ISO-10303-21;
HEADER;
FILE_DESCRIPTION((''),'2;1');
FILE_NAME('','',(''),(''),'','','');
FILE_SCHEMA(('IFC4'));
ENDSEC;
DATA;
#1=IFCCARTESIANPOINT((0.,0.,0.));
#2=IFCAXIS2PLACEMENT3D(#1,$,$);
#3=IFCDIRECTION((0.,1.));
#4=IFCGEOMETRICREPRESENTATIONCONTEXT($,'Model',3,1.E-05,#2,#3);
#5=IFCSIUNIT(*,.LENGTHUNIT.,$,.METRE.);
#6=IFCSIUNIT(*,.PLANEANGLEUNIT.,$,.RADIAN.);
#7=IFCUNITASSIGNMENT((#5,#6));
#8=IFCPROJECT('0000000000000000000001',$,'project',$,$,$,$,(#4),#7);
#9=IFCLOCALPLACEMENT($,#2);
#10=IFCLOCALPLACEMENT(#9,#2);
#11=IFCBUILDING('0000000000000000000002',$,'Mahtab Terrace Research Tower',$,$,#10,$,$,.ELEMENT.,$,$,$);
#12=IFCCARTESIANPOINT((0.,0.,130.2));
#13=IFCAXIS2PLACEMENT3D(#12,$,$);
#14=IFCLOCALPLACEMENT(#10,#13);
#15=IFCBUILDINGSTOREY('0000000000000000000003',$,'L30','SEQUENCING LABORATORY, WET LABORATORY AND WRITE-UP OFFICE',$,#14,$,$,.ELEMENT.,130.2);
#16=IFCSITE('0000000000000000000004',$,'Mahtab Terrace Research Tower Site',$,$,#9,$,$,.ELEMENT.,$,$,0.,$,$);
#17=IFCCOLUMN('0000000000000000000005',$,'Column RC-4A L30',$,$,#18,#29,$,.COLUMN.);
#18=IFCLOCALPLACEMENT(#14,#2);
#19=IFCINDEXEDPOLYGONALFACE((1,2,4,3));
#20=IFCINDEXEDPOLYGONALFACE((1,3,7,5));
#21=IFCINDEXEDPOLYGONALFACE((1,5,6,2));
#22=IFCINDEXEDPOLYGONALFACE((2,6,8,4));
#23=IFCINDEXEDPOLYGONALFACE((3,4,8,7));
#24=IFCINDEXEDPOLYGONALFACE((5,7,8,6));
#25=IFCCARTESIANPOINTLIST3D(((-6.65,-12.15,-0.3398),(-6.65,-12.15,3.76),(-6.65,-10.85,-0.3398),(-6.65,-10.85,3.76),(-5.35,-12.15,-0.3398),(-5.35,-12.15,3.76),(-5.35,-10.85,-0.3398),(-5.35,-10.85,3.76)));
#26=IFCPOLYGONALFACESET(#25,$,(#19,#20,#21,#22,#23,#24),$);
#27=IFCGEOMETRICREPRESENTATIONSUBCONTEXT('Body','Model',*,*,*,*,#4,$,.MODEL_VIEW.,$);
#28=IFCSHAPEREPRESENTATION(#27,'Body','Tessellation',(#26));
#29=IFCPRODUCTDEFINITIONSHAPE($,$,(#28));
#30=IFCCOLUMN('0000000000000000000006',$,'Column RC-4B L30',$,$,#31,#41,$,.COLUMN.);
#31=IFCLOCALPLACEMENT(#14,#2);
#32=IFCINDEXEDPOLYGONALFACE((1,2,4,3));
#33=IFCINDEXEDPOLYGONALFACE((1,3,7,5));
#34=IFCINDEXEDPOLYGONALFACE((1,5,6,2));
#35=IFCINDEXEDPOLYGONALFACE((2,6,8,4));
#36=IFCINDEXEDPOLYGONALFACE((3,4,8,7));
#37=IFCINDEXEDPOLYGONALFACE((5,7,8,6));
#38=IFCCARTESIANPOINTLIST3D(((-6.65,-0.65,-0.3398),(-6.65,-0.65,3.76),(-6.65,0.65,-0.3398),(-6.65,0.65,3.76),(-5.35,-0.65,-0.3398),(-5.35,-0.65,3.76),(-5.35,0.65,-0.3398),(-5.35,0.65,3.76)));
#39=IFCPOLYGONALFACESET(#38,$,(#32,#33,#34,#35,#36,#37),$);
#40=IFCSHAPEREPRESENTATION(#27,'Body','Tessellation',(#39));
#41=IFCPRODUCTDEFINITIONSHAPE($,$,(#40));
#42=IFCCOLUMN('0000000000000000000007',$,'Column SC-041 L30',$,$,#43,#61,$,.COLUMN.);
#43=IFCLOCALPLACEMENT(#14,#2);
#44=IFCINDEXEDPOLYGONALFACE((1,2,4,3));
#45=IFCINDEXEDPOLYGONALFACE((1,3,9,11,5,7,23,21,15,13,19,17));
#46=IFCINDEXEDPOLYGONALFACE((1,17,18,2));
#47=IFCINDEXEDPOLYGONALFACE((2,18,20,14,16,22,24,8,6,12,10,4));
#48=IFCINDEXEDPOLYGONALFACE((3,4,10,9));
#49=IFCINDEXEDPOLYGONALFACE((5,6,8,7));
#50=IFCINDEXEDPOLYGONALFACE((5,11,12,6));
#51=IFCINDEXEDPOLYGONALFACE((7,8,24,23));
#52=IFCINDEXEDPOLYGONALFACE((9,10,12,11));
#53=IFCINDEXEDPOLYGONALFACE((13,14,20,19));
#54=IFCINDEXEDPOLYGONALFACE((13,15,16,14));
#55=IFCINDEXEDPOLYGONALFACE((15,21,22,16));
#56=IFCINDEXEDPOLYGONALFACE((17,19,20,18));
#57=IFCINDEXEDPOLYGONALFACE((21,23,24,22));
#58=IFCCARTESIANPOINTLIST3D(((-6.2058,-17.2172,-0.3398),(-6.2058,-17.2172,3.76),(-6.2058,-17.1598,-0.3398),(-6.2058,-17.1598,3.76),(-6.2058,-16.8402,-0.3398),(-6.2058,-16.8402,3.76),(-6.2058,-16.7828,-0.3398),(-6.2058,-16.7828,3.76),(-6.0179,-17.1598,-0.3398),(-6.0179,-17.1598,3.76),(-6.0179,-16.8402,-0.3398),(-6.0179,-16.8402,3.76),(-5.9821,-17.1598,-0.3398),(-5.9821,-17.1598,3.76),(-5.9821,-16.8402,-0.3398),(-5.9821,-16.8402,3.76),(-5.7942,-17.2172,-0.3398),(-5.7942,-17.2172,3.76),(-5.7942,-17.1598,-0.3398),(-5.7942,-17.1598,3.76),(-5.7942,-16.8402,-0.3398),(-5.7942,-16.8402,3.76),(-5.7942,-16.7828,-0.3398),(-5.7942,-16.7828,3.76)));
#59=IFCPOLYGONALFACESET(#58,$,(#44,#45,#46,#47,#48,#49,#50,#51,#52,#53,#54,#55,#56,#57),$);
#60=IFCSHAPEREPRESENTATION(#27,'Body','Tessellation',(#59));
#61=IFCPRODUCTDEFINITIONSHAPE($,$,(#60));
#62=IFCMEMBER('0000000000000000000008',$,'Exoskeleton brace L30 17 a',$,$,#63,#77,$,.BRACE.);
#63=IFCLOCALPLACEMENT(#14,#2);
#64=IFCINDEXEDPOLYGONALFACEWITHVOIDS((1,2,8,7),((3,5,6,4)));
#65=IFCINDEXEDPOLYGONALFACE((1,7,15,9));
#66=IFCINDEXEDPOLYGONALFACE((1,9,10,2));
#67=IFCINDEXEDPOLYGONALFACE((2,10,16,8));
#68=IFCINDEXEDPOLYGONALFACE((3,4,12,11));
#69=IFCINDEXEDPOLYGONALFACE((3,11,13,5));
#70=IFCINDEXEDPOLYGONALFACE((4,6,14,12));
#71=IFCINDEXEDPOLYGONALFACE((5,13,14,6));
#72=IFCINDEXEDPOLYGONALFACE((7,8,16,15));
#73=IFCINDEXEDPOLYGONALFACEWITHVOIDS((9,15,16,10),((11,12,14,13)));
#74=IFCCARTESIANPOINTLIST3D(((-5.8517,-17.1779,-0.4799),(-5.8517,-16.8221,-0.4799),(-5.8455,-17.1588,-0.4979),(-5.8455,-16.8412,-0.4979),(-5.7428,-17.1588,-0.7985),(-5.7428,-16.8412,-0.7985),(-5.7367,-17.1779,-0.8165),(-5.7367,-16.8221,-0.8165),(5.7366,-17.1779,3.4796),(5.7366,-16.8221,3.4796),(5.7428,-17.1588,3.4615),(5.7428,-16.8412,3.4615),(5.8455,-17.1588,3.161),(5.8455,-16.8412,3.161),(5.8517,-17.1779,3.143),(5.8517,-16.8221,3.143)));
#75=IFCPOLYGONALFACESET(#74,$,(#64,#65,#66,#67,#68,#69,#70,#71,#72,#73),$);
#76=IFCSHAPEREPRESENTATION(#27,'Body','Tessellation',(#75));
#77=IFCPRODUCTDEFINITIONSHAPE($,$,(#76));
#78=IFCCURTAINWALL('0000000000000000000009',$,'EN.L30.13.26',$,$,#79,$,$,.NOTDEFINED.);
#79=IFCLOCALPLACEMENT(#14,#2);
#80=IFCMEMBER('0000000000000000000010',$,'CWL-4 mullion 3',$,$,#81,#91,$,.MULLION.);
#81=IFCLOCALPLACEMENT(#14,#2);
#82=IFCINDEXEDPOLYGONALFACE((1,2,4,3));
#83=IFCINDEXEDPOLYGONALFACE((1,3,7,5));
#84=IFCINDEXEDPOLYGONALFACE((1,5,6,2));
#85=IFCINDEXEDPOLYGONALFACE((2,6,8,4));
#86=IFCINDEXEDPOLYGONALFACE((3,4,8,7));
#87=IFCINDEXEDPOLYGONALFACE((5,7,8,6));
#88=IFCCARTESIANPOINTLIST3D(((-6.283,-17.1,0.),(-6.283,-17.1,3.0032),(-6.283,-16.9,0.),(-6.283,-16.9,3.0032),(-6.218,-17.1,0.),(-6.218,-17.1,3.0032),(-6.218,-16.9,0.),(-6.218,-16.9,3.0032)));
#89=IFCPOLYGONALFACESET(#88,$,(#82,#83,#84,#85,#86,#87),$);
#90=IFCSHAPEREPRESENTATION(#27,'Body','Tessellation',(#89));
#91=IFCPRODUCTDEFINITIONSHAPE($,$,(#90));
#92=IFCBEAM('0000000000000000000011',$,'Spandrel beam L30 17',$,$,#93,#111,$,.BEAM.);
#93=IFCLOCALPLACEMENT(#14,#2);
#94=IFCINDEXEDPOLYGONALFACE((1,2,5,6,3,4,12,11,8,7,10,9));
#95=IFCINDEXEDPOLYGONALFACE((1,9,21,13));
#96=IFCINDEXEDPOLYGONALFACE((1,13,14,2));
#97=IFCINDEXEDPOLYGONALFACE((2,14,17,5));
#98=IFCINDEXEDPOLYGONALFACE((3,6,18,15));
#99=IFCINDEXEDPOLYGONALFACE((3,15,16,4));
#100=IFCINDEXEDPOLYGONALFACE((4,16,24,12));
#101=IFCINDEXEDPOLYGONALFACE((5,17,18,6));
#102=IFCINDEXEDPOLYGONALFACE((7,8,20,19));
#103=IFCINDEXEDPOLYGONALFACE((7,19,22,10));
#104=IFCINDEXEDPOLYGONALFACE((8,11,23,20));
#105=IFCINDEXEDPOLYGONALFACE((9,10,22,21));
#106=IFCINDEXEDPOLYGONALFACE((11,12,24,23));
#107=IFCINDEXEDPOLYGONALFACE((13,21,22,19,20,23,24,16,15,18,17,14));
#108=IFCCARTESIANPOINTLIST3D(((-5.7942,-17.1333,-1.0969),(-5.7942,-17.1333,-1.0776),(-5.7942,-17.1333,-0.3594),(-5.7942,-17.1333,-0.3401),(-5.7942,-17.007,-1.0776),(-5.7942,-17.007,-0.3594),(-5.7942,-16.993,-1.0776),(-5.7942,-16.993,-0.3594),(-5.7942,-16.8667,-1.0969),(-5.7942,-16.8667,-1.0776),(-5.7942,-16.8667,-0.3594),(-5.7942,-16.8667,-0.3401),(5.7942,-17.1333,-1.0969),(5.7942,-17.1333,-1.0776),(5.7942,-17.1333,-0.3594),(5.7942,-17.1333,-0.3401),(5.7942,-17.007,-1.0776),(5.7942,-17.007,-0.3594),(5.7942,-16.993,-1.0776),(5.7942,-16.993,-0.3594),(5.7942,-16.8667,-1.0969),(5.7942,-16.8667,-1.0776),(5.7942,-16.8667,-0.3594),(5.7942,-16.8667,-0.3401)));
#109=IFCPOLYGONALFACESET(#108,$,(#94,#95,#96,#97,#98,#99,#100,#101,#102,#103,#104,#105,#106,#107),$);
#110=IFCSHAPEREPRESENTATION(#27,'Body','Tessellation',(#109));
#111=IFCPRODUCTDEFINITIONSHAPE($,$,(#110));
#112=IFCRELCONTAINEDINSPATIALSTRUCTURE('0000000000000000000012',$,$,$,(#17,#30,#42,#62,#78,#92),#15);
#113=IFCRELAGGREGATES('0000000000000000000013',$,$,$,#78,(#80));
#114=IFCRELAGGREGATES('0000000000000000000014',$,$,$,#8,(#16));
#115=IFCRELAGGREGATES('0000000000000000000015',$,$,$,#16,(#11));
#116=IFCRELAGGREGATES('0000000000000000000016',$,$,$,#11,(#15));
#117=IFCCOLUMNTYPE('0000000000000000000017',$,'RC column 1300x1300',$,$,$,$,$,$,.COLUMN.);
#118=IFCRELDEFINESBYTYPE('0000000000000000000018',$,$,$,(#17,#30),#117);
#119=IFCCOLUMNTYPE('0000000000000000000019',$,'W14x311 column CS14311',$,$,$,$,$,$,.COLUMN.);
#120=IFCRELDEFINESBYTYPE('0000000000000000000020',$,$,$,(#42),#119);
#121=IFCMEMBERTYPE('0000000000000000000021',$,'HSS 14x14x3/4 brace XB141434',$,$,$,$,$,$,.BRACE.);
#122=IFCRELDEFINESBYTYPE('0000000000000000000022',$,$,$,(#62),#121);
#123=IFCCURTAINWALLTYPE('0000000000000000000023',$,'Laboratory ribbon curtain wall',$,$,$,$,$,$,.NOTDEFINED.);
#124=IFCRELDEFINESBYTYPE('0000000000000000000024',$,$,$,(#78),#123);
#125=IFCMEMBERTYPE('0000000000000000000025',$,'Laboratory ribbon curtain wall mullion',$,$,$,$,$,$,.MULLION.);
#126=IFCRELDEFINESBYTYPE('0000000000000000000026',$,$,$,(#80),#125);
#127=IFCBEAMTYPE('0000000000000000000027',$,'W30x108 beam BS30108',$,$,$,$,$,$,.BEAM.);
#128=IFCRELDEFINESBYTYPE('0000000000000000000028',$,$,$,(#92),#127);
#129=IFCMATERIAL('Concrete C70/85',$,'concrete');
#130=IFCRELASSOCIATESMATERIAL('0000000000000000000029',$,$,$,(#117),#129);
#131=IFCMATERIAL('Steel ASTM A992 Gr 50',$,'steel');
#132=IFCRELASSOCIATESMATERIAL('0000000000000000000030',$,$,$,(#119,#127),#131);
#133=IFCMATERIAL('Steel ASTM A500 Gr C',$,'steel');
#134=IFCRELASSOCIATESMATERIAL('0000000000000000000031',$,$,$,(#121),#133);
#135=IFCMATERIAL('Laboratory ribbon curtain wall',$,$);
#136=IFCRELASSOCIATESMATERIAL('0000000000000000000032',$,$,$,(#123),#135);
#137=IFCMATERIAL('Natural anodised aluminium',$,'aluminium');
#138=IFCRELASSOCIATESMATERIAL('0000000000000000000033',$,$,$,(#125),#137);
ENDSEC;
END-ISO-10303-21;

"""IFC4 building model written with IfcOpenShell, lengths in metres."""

from ifc_helpers import new_model, si_unit, direction, frame, origin, origin_2d, place, context, subcontext, project, spatial, rectangle, hollow_rectangle, i_section, extrude, material, material_profile, profile_set, type_object, element, aggregate, save


model = new_model("IFC4")

# Units and contexts
model_context = context("Model", 3, precision=1e-05, world=origin(), true_north=direction((0.0, 1.0)))
body_context = subcontext(model_context, "Body", "Model", "MODEL_VIEW")
ifc_project = project(units=[si_unit("LENGTHUNIT", "METRE"), si_unit("PLANEANGLEUNIT", "RADIAN")], contexts=[model_context])

# Site, building, storey
site_placement = place(None, origin())
site = spatial("IfcSite", under=ifc_project, at=site_placement, Name="Mahtab Terrace Research Tower Site", CompositionType="ELEMENT", RefElevation=0.0)
building_placement = place(site_placement, origin())
building = spatial("IfcBuilding", under=site, at=building_placement, Name="Mahtab Terrace Research Tower", CompositionType="ELEMENT")
storey_placement = place(building_placement, frame((0.0, 0.0, 130.2)))
storey = spatial("IfcBuildingStorey", under=building, at=storey_placement, Name="L30", Description="SEQUENCING LABORATORY, WET LABORATORY AND WRITE-UP OFFICE", CompositionType="ELEMENT", Elevation=130.2)

# Columns
ifc_material_1 = material(Name="Concrete C70/85", Category="concrete")
ifc_material_profile_1 = material_profile(ifc_material_1, rectangle(XDim=1.3, YDim=1.3, at=origin_2d()), Name="RC column 1300x1300")
ifc_profile_set_1 = profile_set([ifc_material_profile_1], Name="Concrete C70/85")
column_type_1 = type_object("IfcColumnType", Name="RC column 1300x1300", PredefinedType="COLUMN", material=ifc_profile_set_1)
for number, where, z_axis, x_axis, name in (
    (1, (-6.0, -11.5, -0.3398), (0.0, 0.0, 1.0), (1.0, 0.0, 0.0), "Column RC-4A L30"),
    (2, (-6.0, 0.0, -0.3398), (0.0, 0.0, 1.0), (1.0, 0.0, 0.0), "Column RC-4B L30"),
):
    element("IfcColumn", number, at=place(storey_placement, frame(where, z_axis=z_axis, x_axis=x_axis)), inside=storey, type_object=column_type_1, Name=name, PredefinedType="COLUMN", context=body_context, shape_type="SweptSolid", body=[
        extrude(rectangle(XDim=1.3, YDim=1.3, at=origin_2d()), origin(), (0.0, 0.0, 1.0), 4.0999),
    ])
ifc_material_2 = material(Name="Steel ASTM A992 Gr 50", Category="steel")
ifc_material_profile_2 = material_profile(ifc_material_2, i_section(OverallWidth=0.4116, OverallDepth=0.4343, WebThickness=0.0359, FlangeThickness=0.0574, at=origin_2d()), Name="W14X311")
ifc_profile_set_2 = profile_set([ifc_material_profile_2], Name="Steel ASTM A992 Gr 50")
column_type_2 = type_object("IfcColumnType", Name="W14x311 column CS14311", PredefinedType="COLUMN", material=ifc_profile_set_2)
column_placement = place(storey_placement, frame((-6.0, -17.0, -0.3398), z_axis=(0.0, 0.0, 1.0), x_axis=(1.0, 0.0, 0.0)))
element("IfcColumn", 3, at=column_placement, inside=storey, type_object=column_type_2, Name="Column SC-041 L30", PredefinedType="COLUMN", context=body_context, shape_type="SweptSolid", body=[
    extrude(i_section(OverallWidth=0.4116, OverallDepth=0.4343, WebThickness=0.0359, FlangeThickness=0.0574, at=origin_2d()), origin(), (0.0, 0.0, 1.0), 4.0999),
])

# Member
ifc_material_3 = material(Name="Steel ASTM A500 Gr C", Category="steel")
ifc_material_profile_3 = material_profile(ifc_material_3, hollow_rectangle(XDim=0.3557, YDim=0.3557, WallThickness=0.019, at=origin_2d()), Name="HSS14X14X3/4")
ifc_profile_set_3 = profile_set([ifc_material_profile_3], Name="Steel ASTM A500 Gr C")
member_type_1 = type_object("IfcMemberType", Name="HSS 14x14x3/4 brace XB141434", PredefinedType="BRACE", material=ifc_profile_set_3)
member_1_placement = place(storey_placement, frame((-5.7942, -17.0, -0.6482), z_axis=(0.946288, 0.0, 0.323324), x_axis=(0.0, 1.0, 0.0)))
element("IfcMember", 4, at=member_1_placement, inside=storey, type_object=member_type_1, Name="Exoskeleton brace L30 17 a", PredefinedType="BRACE", context=body_context, shape_type="SweptSolid", body=[
    extrude(hollow_rectangle(XDim=0.3557, YDim=0.3557, WallThickness=0.019, at=origin_2d()), origin(), (0.0, 0.0, 1.0), 12.2461),
])

# Curtain wall, member
ifc_material_4 = material(Name="Laboratory ribbon curtain wall")
curtain_wall_type = type_object("IfcCurtainWallType", Name="Laboratory ribbon curtain wall", PredefinedType="NOTDEFINED", material=ifc_material_4)
curtain_wall_placement = place(storey_placement, origin())
curtain_wall = element("IfcCurtainWall", 5, at=curtain_wall_placement, inside=storey, type_object=curtain_wall_type, Name="EN.L30.13.26", PredefinedType="NOTDEFINED")
ifc_material_5 = material(Name="Natural anodised aluminium", Category="aluminium")
ifc_material_profile_4 = material_profile(ifc_material_5, rectangle(XDim=0.2, YDim=0.0649, at=origin_2d()), Name="MULLION 65x200")
ifc_profile_set_4 = profile_set([ifc_material_profile_4], Name="Natural anodised aluminium")
member_type_2 = type_object("IfcMemberType", Name="Laboratory ribbon curtain wall mullion", PredefinedType="MULLION", material=ifc_profile_set_4)
member_2_placement = place(storey_placement, frame((-6.2505, -17.0, 0.0), z_axis=(0.0, 0.0, 1.0), x_axis=(0.0, 1.0, 0.0)))
member_2 = element("IfcMember", 6, at=member_2_placement, type_object=member_type_2, Name="CWL-4 mullion 3", PredefinedType="MULLION", context=body_context, shape_type="SweptSolid", body=[
    extrude(rectangle(XDim=0.2, YDim=0.0649, at=origin_2d()), origin(), (0.0, 0.0, 1.0), 3.0032),
])
aggregate(curtain_wall, [member_2])

# Beam
ifc_material_profile_5 = material_profile(ifc_material_2, i_section(OverallWidth=0.2666, OverallDepth=0.7568, WebThickness=0.0139, FlangeThickness=0.0193, at=origin_2d()), Name="W30X108")
ifc_profile_set_5 = profile_set([ifc_material_profile_5], Name="Steel ASTM A992 Gr 50")
beam_type = type_object("IfcBeamType", Name="W30x108 beam BS30108", PredefinedType="BEAM", material=ifc_profile_set_5)
beam_placement = place(storey_placement, frame((-5.7942, -17.0, -0.7185), z_axis=(1.0, 0.0, 0.0), x_axis=(0.0, 1.0, 0.0)))
element("IfcBeam", 7, at=beam_placement, inside=storey, type_object=beam_type, Name="Spandrel beam L30 17", PredefinedType="BEAM", context=body_context, shape_type="SweptSolid", body=[
    extrude(i_section(OverallWidth=0.2666, OverallDepth=0.7568, WebThickness=0.0139, FlangeThickness=0.0193, at=origin_2d()), origin(), (0.0, 0.0, 1.0), 11.5884),
])

save(model, "model.ifc")
